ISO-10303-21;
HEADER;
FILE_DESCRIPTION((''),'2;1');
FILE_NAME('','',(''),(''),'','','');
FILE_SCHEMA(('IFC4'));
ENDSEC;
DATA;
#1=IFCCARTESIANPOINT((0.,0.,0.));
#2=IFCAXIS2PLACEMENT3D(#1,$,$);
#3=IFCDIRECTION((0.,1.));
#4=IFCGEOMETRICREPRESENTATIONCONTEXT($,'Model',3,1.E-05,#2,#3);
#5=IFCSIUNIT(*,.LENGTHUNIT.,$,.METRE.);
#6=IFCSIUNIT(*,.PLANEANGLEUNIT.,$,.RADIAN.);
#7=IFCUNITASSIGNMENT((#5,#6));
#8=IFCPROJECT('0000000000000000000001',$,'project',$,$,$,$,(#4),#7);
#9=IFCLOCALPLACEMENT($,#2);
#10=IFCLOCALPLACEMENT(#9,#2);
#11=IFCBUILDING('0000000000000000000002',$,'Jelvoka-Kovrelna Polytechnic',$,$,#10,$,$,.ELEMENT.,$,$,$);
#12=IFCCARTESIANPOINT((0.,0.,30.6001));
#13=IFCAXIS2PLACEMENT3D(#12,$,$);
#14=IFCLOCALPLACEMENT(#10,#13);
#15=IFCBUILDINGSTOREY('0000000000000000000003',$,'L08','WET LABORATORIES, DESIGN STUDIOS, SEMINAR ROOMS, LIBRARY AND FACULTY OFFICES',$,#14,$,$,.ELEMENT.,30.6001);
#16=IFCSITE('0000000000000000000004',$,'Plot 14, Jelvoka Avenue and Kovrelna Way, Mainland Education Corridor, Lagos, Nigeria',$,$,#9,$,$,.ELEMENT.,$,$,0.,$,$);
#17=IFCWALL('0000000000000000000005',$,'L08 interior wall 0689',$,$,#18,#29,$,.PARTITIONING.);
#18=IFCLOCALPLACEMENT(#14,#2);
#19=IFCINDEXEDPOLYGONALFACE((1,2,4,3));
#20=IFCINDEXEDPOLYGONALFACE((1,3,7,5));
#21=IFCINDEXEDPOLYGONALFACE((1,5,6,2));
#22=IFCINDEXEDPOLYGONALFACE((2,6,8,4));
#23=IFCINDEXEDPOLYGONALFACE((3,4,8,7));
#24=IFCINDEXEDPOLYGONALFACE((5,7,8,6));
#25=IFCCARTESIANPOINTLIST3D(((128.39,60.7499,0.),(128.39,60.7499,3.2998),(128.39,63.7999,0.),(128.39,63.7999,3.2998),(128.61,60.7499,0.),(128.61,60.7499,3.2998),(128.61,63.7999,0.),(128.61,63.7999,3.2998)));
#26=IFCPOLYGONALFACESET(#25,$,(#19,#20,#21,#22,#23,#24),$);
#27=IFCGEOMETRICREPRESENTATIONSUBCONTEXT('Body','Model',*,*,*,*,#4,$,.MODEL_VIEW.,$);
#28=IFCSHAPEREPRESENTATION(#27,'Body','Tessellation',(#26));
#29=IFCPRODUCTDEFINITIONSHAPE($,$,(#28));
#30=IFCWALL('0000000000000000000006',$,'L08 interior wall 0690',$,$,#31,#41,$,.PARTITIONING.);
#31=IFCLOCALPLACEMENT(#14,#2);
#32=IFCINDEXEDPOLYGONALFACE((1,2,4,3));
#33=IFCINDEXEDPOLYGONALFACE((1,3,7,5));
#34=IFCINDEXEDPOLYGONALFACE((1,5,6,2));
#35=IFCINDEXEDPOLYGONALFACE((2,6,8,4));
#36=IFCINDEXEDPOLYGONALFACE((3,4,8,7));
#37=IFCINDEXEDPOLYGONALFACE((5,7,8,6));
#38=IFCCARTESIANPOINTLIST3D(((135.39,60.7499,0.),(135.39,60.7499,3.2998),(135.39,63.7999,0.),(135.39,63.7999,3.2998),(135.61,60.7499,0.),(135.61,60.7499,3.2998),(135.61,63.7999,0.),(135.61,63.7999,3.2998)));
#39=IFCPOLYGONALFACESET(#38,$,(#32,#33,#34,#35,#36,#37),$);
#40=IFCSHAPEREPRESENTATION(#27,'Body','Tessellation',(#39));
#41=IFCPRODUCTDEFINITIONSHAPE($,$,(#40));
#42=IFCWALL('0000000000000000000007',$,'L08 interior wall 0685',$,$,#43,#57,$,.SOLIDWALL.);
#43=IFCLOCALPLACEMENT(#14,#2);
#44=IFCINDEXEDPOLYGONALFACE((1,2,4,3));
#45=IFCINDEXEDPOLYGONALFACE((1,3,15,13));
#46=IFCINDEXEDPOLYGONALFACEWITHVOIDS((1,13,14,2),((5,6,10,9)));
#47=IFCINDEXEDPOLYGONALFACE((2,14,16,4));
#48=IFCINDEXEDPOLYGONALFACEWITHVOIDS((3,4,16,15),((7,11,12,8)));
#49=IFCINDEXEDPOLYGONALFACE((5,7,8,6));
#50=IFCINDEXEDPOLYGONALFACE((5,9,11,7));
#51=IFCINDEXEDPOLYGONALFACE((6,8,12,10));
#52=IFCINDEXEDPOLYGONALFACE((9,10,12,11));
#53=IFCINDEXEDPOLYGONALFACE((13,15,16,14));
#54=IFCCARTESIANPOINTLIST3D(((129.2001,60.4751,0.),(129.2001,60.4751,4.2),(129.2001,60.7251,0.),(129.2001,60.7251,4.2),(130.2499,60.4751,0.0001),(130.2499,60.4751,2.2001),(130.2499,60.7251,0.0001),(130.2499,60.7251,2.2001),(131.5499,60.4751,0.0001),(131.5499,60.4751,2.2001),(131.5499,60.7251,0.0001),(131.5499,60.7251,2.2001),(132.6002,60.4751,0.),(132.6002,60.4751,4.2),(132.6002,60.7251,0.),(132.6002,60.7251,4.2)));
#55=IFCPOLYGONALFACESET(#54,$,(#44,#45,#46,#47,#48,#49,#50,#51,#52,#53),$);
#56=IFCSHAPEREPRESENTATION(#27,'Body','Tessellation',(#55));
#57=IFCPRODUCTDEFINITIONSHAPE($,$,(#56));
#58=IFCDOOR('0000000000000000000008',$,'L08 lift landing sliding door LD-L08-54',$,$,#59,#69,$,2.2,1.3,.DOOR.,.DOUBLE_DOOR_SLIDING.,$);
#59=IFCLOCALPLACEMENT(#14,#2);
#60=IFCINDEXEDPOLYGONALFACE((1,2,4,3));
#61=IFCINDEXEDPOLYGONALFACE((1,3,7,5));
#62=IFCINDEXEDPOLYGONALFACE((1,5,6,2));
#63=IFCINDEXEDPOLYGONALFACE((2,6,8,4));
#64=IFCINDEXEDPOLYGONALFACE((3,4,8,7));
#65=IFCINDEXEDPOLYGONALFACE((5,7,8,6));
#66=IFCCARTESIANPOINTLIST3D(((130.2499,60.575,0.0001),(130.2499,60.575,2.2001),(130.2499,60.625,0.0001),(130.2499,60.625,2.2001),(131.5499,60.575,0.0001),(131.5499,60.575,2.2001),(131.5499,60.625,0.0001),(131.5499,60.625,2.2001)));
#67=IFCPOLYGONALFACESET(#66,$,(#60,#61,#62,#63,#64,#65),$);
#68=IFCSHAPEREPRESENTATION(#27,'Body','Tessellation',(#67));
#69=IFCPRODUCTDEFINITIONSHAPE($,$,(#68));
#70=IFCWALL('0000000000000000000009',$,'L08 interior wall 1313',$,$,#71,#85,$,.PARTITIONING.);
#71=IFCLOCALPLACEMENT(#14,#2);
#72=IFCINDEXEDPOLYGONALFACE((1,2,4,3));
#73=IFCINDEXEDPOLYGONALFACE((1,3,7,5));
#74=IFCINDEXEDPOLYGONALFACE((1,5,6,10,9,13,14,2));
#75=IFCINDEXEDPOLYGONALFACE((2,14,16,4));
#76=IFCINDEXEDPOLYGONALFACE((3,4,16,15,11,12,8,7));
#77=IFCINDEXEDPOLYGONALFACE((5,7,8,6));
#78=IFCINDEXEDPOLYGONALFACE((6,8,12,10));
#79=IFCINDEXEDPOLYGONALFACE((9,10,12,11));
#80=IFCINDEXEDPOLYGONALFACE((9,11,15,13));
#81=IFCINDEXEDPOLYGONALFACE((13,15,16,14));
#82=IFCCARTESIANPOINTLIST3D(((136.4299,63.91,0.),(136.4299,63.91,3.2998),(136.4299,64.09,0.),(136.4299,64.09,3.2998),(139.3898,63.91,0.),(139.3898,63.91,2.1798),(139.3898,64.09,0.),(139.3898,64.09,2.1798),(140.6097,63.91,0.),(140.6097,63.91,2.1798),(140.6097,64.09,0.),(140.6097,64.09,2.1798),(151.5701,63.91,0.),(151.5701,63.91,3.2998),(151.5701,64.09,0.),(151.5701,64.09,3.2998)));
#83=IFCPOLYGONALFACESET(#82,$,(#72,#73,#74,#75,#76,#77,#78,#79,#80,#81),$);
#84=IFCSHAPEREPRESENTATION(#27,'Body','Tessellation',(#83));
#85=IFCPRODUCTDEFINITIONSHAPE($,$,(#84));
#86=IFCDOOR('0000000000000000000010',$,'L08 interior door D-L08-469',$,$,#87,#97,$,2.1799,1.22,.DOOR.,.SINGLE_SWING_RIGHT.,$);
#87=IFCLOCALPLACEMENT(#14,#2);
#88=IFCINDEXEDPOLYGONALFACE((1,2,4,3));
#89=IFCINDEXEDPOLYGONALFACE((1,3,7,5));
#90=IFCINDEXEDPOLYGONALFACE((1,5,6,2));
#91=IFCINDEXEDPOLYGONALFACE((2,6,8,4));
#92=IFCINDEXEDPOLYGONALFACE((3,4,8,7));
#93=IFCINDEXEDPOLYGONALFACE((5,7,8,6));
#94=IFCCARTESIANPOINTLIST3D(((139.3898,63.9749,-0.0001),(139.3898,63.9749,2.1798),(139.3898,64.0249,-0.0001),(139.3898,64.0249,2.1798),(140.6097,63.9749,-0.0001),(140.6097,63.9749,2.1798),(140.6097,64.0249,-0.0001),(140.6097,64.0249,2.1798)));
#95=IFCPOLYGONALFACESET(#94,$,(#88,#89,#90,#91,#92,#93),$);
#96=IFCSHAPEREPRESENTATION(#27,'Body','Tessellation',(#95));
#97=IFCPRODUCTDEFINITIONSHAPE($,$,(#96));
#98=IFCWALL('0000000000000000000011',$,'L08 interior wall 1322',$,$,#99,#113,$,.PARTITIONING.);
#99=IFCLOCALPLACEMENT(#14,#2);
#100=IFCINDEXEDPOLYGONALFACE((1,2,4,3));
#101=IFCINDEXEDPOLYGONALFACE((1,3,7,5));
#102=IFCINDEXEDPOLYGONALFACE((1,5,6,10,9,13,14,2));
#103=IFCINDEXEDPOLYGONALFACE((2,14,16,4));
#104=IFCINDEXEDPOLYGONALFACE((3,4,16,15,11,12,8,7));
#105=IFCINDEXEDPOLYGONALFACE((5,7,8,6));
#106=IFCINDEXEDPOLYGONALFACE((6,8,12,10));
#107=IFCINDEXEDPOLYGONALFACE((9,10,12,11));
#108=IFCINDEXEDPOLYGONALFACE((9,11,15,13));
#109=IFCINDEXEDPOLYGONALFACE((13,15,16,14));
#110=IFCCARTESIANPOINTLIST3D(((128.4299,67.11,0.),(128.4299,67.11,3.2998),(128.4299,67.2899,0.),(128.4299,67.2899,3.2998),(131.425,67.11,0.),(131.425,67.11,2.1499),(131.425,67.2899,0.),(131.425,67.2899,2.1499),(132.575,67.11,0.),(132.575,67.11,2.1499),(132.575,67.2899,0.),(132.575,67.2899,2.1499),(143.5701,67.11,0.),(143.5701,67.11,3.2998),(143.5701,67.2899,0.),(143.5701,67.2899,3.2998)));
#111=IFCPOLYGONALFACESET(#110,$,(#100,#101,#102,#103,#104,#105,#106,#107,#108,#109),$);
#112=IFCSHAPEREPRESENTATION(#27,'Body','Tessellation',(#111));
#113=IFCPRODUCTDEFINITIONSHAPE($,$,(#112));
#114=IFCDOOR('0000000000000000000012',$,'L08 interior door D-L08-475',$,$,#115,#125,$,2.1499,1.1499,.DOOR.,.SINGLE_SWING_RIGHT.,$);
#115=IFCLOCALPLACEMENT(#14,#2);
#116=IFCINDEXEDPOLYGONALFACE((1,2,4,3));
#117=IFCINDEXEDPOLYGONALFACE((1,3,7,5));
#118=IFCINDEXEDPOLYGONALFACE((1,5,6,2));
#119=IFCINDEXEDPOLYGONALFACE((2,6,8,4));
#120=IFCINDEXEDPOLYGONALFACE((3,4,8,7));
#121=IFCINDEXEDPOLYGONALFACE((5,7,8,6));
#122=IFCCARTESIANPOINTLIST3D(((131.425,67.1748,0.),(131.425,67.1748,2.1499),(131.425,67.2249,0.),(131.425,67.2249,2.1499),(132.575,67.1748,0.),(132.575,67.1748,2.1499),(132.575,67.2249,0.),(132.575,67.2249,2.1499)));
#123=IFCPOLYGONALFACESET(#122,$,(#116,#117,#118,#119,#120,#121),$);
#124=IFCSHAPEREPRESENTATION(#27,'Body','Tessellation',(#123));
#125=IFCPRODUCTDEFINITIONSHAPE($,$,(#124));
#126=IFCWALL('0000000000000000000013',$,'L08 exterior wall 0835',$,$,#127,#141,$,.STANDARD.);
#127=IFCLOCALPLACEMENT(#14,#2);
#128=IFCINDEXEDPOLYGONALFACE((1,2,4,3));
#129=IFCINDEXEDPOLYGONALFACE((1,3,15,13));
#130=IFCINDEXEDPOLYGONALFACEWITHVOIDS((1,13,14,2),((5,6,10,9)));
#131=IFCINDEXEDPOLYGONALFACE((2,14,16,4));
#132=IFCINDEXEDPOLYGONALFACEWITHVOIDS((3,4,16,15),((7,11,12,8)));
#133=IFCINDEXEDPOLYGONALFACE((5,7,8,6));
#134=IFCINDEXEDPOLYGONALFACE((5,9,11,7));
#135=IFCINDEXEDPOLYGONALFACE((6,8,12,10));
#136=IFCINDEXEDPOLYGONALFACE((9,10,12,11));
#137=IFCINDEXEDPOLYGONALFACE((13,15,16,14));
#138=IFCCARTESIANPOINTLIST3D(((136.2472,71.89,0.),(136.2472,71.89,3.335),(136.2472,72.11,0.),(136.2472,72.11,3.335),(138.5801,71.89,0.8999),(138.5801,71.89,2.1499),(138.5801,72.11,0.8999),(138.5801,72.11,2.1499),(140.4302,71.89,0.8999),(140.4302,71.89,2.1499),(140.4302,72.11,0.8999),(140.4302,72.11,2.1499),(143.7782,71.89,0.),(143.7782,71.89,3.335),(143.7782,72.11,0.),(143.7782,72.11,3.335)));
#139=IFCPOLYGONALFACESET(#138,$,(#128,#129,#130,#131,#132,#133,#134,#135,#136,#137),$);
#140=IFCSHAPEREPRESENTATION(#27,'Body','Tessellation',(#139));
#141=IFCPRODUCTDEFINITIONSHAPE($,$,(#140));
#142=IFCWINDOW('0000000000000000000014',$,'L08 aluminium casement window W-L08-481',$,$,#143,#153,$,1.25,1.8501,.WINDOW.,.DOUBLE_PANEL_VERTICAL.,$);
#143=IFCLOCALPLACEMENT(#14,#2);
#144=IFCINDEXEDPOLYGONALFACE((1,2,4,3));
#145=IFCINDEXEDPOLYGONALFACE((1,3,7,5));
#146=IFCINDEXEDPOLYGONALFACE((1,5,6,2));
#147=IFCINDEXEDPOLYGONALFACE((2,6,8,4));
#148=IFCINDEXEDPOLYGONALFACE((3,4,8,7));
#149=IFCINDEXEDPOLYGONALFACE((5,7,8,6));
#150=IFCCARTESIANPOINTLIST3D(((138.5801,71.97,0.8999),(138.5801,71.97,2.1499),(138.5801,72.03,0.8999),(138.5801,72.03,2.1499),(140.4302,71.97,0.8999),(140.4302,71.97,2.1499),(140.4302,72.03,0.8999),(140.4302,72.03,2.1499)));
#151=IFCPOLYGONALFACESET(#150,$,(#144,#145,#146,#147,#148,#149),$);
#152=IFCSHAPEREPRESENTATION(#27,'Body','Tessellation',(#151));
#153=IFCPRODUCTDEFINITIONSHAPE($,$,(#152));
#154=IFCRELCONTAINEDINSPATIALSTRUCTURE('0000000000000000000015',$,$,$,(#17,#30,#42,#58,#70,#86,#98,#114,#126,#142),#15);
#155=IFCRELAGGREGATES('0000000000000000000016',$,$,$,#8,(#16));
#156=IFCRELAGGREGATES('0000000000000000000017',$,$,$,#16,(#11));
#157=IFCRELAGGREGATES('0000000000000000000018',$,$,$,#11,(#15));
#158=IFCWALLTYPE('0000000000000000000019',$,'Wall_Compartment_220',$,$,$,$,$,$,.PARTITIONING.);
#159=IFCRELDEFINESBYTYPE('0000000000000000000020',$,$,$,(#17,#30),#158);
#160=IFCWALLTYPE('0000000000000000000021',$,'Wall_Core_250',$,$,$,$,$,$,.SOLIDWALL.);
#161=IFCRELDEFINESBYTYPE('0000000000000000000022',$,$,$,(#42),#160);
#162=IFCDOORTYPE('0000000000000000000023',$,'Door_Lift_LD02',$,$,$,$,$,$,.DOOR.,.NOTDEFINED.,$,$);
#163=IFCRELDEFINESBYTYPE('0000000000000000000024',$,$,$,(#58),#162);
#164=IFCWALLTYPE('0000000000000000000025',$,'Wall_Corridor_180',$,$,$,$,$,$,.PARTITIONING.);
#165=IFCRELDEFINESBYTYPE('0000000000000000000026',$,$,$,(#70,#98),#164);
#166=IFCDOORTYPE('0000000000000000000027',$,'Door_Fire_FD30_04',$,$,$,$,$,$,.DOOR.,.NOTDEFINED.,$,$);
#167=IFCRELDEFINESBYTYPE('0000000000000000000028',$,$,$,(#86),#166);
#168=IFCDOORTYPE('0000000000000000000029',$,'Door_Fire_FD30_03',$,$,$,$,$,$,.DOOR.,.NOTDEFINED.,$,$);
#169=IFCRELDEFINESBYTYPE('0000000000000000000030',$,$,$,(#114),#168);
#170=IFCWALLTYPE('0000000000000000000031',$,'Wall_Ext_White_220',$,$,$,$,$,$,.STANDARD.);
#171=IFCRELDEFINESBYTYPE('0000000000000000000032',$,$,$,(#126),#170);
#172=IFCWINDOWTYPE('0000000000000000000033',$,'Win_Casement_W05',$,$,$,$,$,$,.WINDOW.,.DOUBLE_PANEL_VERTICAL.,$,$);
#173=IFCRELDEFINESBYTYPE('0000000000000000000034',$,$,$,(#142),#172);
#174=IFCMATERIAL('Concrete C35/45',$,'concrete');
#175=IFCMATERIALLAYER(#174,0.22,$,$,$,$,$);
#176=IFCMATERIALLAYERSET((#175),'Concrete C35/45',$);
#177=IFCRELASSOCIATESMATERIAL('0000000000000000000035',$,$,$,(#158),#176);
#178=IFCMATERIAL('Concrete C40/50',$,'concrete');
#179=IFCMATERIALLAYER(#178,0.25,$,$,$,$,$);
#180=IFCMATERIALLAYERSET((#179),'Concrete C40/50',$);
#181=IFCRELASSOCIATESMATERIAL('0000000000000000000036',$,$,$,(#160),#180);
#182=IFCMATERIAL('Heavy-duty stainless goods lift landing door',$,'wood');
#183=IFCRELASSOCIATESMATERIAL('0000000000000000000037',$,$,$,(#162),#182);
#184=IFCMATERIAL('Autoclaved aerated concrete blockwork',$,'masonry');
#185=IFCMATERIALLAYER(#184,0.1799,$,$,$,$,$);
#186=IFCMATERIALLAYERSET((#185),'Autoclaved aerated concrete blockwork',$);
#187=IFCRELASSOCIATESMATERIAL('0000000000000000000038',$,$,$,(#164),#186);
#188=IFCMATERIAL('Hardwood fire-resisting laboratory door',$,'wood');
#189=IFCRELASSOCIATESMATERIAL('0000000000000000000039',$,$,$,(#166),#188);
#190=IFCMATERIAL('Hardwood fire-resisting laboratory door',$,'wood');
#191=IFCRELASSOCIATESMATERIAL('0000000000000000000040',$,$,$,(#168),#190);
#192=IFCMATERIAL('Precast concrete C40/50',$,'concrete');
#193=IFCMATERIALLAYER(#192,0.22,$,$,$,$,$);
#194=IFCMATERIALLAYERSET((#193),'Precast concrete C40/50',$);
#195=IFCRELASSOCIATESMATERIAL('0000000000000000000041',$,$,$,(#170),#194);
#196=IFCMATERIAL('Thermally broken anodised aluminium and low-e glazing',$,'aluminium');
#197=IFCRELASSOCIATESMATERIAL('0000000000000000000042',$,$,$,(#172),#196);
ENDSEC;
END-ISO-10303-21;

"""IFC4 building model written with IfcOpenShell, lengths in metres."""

from ifc_helpers import new_model, si_unit, direction, frame, frame_2d, origin, place, context, subcontext, project, spatial, rectangle, extrude, material, layer, layer_set, type_object, element, fill, save


model = new_model("IFC4")

# Units and contexts
model_context = context("Model", 3, precision=1e-05, world=origin(), true_north=direction((0.0, 1.0)))
body_context = subcontext(model_context, "Body", "Model", "MODEL_VIEW")
ifc_project = project(units=[si_unit("LENGTHUNIT", "METRE"), si_unit("PLANEANGLEUNIT", "RADIAN")], contexts=[model_context])

# Site, building, storey
site_placement = place(None, origin())
site = spatial("IfcSite", under=ifc_project, at=site_placement, Name="Plot 14, Jelvoka Avenue and Kovrelna Way, Mainland Education Corridor, Lagos, Nigeria", CompositionType="ELEMENT", RefElevation=0.0)
building_placement = place(site_placement, origin())
building = spatial("IfcBuilding", under=site, at=building_placement, Name="Jelvoka-Kovrelna Polytechnic", CompositionType="ELEMENT")
storey_placement = place(building_placement, frame((0.0, 0.0, 30.6001)))
storey = spatial("IfcBuildingStorey", under=building, at=storey_placement, Name="L08", Description="WET LABORATORIES, DESIGN STUDIOS, SEMINAR ROOMS, LIBRARY AND FACULTY OFFICES", CompositionType="ELEMENT", Elevation=30.6001)

# Shared definitions
ifc_material_1 = material(Name="Concrete C35/45", Category="concrete")
ifc_layer_1 = layer(ifc_material_1, 0.22)
ifc_layer_set_1 = layer_set([ifc_layer_1], Name="Concrete C35/45")
wall_type_1 = type_object("IfcWallType", Name="Wall_Compartment_220", PredefinedType="PARTITIONING", material=ifc_layer_set_1)

# Walls
for number, where, z_axis, x_axis, name in (
    (1, (128.5, 60.75, 0.0), (0.0, 0.0, 1.0), (0.0, 1.0, 0.0), "L08 interior wall 0689"),
    (2, (135.5, 60.75, 0.0), (0.0, 0.0, 1.0), (0.0, 1.0, 0.0), "L08 interior wall 0690"),
):
    element("IfcWall", number, at=place(storey_placement, frame(where, z_axis=z_axis, x_axis=x_axis)), inside=storey, type_object=wall_type_1, Name=name, PredefinedType="PARTITIONING", context=body_context, shape_type="SweptSolid", body=[
        extrude(rectangle(XDim=3.05, YDim=0.22, at=frame_2d((1.5249, 0.0))), origin(), (0.0, 0.0, 1.0), 3.2998),
    ])

# Walls, openings, doors
ifc_material_2 = material(Name="Concrete C40/50", Category="concrete")
ifc_layer_2 = layer(ifc_material_2, 0.25)
ifc_layer_set_2 = layer_set([ifc_layer_2], Name="Concrete C40/50")
wall_type_2 = type_object("IfcWallType", Name="Wall_Core_250", PredefinedType="SOLIDWALL", material=ifc_layer_set_2)
wall_1_placement = place(storey_placement, frame((129.2, 60.6001, 0.0), z_axis=(0.0, 0.0, 1.0), x_axis=(1.0, 0.0, 0.0)))
wall_1 = element("IfcWall", 3, at=wall_1_placement, inside=storey, type_object=wall_type_2, Name="L08 interior wall 0685", PredefinedType="SOLIDWALL", context=body_context, shape_type="SweptSolid", body=[
    extrude(rectangle(XDim=3.4001, YDim=0.25, at=frame_2d((1.7002, 0.0))), origin(), (0.0, 0.0, 1.0), 4.2),
])
opening_1_placement = place(wall_1_placement, frame((1.05, 0.0, 0.0)))
opening_1 = element("IfcOpeningElement", 4, at=opening_1_placement, cuts=wall_1, PredefinedType="OPENING", context=body_context, shape_type="SweptSolid", body=[
    extrude(rectangle(XDim=1.3, YDim=2.2, at=frame_2d((0.6499, 1.1001))), frame((0.0, 0.135, 0.0), z_axis=(0.0, -1.0, 0.0), x_axis=(1.0, 0.0, 0.0)), (0.0, 0.0, 1.0), 0.27),
])
ifc_material_3 = material(Name="Heavy-duty stainless goods lift landing door", Category="wood")
door_type_1 = type_object("IfcDoorType", Name="Door_Lift_LD02", OperationType="NOTDEFINED", PredefinedType="DOOR", material=ifc_material_3)
door_1_placement = place(opening_1_placement, origin())
door_1 = element("IfcDoor", 5, at=door_1_placement, inside=storey, type_object=door_type_1, Name="L08 lift landing sliding door LD-L08-54", OperationType="DOUBLE_DOOR_SLIDING", OverallHeight=2.2, OverallWidth=1.3, PredefinedType="DOOR", context=body_context, shape_type="SweptSolid", body=[
    extrude(rectangle(XDim=1.3, YDim=2.2, at=frame_2d((0.6499, 1.1001))), frame((0.0, 0.0249, 0.0), z_axis=(0.0, -1.0, 0.0), x_axis=(1.0, 0.0, 0.0)), (0.0, 0.0, 1.0), 0.05),
])
fill(opening_1, door_1)
ifc_material_4 = material(Name="Autoclaved aerated concrete blockwork", Category="masonry")
ifc_layer_3 = layer(ifc_material_4, 0.1799)
ifc_layer_set_3 = layer_set([ifc_layer_3], Name="Autoclaved aerated concrete blockwork")
wall_type_3 = type_object("IfcWallType", Name="Wall_Corridor_180", PredefinedType="PARTITIONING", material=ifc_layer_set_3)
wall_2_placement = place(storey_placement, frame((136.4299, 64.0, 0.0), z_axis=(0.0, 0.0, 1.0), x_axis=(1.0, 0.0, 0.0)))
wall_2 = element("IfcWall", 6, at=wall_2_placement, inside=storey, type_object=wall_type_3, Name="L08 interior wall 1313", PredefinedType="PARTITIONING", context=body_context, shape_type="SweptSolid", body=[
    extrude(rectangle(XDim=15.1401, YDim=0.1799, at=frame_2d((7.5701, 0.0))), origin(), (0.0, 0.0, 1.0), 3.2998),
])
opening_2_placement = place(wall_2_placement, frame((2.96, 0.0, 0.0)))
opening_2 = element("IfcOpeningElement", 7, at=opening_2_placement, cuts=wall_2, PredefinedType="OPENING", context=body_context, shape_type="SweptSolid", body=[
    extrude(rectangle(XDim=1.22, YDim=2.1799, at=frame_2d((0.6099, 1.0898))), frame((0.0, 0.0999, 0.0), z_axis=(0.0, -1.0, 0.0), x_axis=(1.0, 0.0, 0.0)), (0.0, 0.0, 1.0), 0.2),
])
ifc_material_5 = material(Name="Hardwood fire-resisting laboratory door", Category="wood")
door_type_2 = type_object("IfcDoorType", Name="Door_Fire_FD30_04", OperationType="NOTDEFINED", PredefinedType="DOOR", material=ifc_material_5)
door_2_placement = place(opening_2_placement, origin())
door_2 = element("IfcDoor", 8, at=door_2_placement, inside=storey, type_object=door_type_2, Name="L08 interior door D-L08-469", OperationType="SINGLE_SWING_RIGHT", OverallHeight=2.1799, OverallWidth=1.22, PredefinedType="DOOR", context=body_context, shape_type="SweptSolid", body=[
    extrude(rectangle(XDim=1.22, YDim=2.1799, at=frame_2d((0.6099, 1.0898))), frame((0.0, 0.0249, 0.0), z_axis=(0.0, -1.0, 0.0), x_axis=(1.0, 0.0, 0.0)), (0.0, 0.0, 1.0), 0.05),
])
fill(opening_2, door_2)
wall_3_placement = place(storey_placement, frame((128.4299, 67.2, 0.0), z_axis=(0.0, 0.0, 1.0), x_axis=(1.0, 0.0, 0.0)))
wall_3 = element("IfcWall", 9, at=wall_3_placement, inside=storey, type_object=wall_type_3, Name="L08 interior wall 1322", PredefinedType="PARTITIONING", context=body_context, shape_type="SweptSolid", body=[
    extrude(rectangle(XDim=15.1401, YDim=0.1799, at=frame_2d((7.5701, 0.0))), origin(), (0.0, 0.0, 1.0), 3.2998),
])
opening_3_placement = place(wall_3_placement, frame((2.9951, 0.0, 0.0)))
opening_3 = element("IfcOpeningElement", 10, at=opening_3_placement, cuts=wall_3, PredefinedType="OPENING", context=body_context, shape_type="SweptSolid", body=[
    extrude(rectangle(XDim=1.1499, YDim=2.1499, at=frame_2d((0.575, 1.075))), frame((0.0, 0.0999, 0.0), z_axis=(0.0, -1.0, 0.0), x_axis=(1.0, 0.0, 0.0)), (0.0, 0.0, 1.0), 0.2),
])
ifc_material_6 = material(Name="Hardwood fire-resisting laboratory door", Category="wood")
door_type_3 = type_object("IfcDoorType", Name="Door_Fire_FD30_03", OperationType="NOTDEFINED", PredefinedType="DOOR", material=ifc_material_6)
door_3_placement = place(opening_3_placement, origin())
door_3 = element("IfcDoor", 11, at=door_3_placement, inside=storey, type_object=door_type_3, Name="L08 interior door D-L08-475", OperationType="SINGLE_SWING_RIGHT", OverallHeight=2.1499, OverallWidth=1.1499, PredefinedType="DOOR", context=body_context, shape_type="SweptSolid", body=[
    extrude(rectangle(XDim=1.1499, YDim=2.1499, at=frame_2d((0.575, 1.075))), frame((0.0, 0.0249, 0.0), z_axis=(0.0, -1.0, 0.0), x_axis=(1.0, 0.0, 0.0)), (0.0, 0.0, 1.0), 0.05),
])
fill(opening_3, door_3)

# Wall, opening, window
ifc_material_7 = material(Name="Precast concrete C40/50", Category="concrete")
ifc_layer_4 = layer(ifc_material_7, 0.22)
ifc_layer_set_4 = layer_set([ifc_layer_4], Name="Precast concrete C40/50")
wall_type_4 = type_object("IfcWallType", Name="Wall_Ext_White_220", PredefinedType="STANDARD", material=ifc_layer_set_4)
wall_4_placement = place(storey_placement, frame((136.2471, 72.0, 0.0), z_axis=(0.0, 0.0, 1.0), x_axis=(1.0, 0.0, 0.0)))
wall_4 = element("IfcWall", 12, at=wall_4_placement, inside=storey, type_object=wall_type_4, Name="L08 exterior wall 0835", PredefinedType="STANDARD", context=body_context, shape_type="SweptSolid", body=[
    extrude(rectangle(XDim=7.531, YDim=0.22, at=frame_2d((3.7656, 0.0))), origin(), (0.0, 0.0, 1.0), 3.335),
])
opening_4_placement = place(wall_4_placement, frame((2.333, 0.0, 0.8999)))
opening_4 = element("IfcOpeningElement", 13, at=opening_4_placement, cuts=wall_4, PredefinedType="OPENING", context=body_context, shape_type="SweptSolid", body=[
    extrude(rectangle(XDim=1.8501, YDim=1.25, at=frame_2d((0.925, 0.625))), frame((0.0, 0.1199, 0.0), z_axis=(0.0, -1.0, 0.0), x_axis=(1.0, 0.0, 0.0)), (0.0, 0.0, 1.0), 0.24),
])
ifc_material_8 = material(Name="Thermally broken anodised aluminium and low-e glazing", Category="aluminium")
window_type = type_object("IfcWindowType", Name="Win_Casement_W05", PartitioningType="DOUBLE_PANEL_VERTICAL", PredefinedType="WINDOW", material=ifc_material_8)
window_placement = place(opening_4_placement, origin())
window = element("IfcWindow", 14, at=window_placement, inside=storey, type_object=window_type, Name="L08 aluminium casement window W-L08-481", OverallHeight=1.25, OverallWidth=1.8501, PartitioningType="DOUBLE_PANEL_VERTICAL", PredefinedType="WINDOW", context=body_context, shape_type="SweptSolid", body=[
    extrude(rectangle(XDim=1.8501, YDim=1.25, at=frame_2d((0.925, 0.625))), frame((0.0, 0.03, 0.0), z_axis=(0.0, -1.0, 0.0), x_axis=(1.0, 0.0, 0.0)), (0.0, 0.0, 1.0), 0.0601),
])
fill(opening_4, window)

save(model, "model.ifc")
